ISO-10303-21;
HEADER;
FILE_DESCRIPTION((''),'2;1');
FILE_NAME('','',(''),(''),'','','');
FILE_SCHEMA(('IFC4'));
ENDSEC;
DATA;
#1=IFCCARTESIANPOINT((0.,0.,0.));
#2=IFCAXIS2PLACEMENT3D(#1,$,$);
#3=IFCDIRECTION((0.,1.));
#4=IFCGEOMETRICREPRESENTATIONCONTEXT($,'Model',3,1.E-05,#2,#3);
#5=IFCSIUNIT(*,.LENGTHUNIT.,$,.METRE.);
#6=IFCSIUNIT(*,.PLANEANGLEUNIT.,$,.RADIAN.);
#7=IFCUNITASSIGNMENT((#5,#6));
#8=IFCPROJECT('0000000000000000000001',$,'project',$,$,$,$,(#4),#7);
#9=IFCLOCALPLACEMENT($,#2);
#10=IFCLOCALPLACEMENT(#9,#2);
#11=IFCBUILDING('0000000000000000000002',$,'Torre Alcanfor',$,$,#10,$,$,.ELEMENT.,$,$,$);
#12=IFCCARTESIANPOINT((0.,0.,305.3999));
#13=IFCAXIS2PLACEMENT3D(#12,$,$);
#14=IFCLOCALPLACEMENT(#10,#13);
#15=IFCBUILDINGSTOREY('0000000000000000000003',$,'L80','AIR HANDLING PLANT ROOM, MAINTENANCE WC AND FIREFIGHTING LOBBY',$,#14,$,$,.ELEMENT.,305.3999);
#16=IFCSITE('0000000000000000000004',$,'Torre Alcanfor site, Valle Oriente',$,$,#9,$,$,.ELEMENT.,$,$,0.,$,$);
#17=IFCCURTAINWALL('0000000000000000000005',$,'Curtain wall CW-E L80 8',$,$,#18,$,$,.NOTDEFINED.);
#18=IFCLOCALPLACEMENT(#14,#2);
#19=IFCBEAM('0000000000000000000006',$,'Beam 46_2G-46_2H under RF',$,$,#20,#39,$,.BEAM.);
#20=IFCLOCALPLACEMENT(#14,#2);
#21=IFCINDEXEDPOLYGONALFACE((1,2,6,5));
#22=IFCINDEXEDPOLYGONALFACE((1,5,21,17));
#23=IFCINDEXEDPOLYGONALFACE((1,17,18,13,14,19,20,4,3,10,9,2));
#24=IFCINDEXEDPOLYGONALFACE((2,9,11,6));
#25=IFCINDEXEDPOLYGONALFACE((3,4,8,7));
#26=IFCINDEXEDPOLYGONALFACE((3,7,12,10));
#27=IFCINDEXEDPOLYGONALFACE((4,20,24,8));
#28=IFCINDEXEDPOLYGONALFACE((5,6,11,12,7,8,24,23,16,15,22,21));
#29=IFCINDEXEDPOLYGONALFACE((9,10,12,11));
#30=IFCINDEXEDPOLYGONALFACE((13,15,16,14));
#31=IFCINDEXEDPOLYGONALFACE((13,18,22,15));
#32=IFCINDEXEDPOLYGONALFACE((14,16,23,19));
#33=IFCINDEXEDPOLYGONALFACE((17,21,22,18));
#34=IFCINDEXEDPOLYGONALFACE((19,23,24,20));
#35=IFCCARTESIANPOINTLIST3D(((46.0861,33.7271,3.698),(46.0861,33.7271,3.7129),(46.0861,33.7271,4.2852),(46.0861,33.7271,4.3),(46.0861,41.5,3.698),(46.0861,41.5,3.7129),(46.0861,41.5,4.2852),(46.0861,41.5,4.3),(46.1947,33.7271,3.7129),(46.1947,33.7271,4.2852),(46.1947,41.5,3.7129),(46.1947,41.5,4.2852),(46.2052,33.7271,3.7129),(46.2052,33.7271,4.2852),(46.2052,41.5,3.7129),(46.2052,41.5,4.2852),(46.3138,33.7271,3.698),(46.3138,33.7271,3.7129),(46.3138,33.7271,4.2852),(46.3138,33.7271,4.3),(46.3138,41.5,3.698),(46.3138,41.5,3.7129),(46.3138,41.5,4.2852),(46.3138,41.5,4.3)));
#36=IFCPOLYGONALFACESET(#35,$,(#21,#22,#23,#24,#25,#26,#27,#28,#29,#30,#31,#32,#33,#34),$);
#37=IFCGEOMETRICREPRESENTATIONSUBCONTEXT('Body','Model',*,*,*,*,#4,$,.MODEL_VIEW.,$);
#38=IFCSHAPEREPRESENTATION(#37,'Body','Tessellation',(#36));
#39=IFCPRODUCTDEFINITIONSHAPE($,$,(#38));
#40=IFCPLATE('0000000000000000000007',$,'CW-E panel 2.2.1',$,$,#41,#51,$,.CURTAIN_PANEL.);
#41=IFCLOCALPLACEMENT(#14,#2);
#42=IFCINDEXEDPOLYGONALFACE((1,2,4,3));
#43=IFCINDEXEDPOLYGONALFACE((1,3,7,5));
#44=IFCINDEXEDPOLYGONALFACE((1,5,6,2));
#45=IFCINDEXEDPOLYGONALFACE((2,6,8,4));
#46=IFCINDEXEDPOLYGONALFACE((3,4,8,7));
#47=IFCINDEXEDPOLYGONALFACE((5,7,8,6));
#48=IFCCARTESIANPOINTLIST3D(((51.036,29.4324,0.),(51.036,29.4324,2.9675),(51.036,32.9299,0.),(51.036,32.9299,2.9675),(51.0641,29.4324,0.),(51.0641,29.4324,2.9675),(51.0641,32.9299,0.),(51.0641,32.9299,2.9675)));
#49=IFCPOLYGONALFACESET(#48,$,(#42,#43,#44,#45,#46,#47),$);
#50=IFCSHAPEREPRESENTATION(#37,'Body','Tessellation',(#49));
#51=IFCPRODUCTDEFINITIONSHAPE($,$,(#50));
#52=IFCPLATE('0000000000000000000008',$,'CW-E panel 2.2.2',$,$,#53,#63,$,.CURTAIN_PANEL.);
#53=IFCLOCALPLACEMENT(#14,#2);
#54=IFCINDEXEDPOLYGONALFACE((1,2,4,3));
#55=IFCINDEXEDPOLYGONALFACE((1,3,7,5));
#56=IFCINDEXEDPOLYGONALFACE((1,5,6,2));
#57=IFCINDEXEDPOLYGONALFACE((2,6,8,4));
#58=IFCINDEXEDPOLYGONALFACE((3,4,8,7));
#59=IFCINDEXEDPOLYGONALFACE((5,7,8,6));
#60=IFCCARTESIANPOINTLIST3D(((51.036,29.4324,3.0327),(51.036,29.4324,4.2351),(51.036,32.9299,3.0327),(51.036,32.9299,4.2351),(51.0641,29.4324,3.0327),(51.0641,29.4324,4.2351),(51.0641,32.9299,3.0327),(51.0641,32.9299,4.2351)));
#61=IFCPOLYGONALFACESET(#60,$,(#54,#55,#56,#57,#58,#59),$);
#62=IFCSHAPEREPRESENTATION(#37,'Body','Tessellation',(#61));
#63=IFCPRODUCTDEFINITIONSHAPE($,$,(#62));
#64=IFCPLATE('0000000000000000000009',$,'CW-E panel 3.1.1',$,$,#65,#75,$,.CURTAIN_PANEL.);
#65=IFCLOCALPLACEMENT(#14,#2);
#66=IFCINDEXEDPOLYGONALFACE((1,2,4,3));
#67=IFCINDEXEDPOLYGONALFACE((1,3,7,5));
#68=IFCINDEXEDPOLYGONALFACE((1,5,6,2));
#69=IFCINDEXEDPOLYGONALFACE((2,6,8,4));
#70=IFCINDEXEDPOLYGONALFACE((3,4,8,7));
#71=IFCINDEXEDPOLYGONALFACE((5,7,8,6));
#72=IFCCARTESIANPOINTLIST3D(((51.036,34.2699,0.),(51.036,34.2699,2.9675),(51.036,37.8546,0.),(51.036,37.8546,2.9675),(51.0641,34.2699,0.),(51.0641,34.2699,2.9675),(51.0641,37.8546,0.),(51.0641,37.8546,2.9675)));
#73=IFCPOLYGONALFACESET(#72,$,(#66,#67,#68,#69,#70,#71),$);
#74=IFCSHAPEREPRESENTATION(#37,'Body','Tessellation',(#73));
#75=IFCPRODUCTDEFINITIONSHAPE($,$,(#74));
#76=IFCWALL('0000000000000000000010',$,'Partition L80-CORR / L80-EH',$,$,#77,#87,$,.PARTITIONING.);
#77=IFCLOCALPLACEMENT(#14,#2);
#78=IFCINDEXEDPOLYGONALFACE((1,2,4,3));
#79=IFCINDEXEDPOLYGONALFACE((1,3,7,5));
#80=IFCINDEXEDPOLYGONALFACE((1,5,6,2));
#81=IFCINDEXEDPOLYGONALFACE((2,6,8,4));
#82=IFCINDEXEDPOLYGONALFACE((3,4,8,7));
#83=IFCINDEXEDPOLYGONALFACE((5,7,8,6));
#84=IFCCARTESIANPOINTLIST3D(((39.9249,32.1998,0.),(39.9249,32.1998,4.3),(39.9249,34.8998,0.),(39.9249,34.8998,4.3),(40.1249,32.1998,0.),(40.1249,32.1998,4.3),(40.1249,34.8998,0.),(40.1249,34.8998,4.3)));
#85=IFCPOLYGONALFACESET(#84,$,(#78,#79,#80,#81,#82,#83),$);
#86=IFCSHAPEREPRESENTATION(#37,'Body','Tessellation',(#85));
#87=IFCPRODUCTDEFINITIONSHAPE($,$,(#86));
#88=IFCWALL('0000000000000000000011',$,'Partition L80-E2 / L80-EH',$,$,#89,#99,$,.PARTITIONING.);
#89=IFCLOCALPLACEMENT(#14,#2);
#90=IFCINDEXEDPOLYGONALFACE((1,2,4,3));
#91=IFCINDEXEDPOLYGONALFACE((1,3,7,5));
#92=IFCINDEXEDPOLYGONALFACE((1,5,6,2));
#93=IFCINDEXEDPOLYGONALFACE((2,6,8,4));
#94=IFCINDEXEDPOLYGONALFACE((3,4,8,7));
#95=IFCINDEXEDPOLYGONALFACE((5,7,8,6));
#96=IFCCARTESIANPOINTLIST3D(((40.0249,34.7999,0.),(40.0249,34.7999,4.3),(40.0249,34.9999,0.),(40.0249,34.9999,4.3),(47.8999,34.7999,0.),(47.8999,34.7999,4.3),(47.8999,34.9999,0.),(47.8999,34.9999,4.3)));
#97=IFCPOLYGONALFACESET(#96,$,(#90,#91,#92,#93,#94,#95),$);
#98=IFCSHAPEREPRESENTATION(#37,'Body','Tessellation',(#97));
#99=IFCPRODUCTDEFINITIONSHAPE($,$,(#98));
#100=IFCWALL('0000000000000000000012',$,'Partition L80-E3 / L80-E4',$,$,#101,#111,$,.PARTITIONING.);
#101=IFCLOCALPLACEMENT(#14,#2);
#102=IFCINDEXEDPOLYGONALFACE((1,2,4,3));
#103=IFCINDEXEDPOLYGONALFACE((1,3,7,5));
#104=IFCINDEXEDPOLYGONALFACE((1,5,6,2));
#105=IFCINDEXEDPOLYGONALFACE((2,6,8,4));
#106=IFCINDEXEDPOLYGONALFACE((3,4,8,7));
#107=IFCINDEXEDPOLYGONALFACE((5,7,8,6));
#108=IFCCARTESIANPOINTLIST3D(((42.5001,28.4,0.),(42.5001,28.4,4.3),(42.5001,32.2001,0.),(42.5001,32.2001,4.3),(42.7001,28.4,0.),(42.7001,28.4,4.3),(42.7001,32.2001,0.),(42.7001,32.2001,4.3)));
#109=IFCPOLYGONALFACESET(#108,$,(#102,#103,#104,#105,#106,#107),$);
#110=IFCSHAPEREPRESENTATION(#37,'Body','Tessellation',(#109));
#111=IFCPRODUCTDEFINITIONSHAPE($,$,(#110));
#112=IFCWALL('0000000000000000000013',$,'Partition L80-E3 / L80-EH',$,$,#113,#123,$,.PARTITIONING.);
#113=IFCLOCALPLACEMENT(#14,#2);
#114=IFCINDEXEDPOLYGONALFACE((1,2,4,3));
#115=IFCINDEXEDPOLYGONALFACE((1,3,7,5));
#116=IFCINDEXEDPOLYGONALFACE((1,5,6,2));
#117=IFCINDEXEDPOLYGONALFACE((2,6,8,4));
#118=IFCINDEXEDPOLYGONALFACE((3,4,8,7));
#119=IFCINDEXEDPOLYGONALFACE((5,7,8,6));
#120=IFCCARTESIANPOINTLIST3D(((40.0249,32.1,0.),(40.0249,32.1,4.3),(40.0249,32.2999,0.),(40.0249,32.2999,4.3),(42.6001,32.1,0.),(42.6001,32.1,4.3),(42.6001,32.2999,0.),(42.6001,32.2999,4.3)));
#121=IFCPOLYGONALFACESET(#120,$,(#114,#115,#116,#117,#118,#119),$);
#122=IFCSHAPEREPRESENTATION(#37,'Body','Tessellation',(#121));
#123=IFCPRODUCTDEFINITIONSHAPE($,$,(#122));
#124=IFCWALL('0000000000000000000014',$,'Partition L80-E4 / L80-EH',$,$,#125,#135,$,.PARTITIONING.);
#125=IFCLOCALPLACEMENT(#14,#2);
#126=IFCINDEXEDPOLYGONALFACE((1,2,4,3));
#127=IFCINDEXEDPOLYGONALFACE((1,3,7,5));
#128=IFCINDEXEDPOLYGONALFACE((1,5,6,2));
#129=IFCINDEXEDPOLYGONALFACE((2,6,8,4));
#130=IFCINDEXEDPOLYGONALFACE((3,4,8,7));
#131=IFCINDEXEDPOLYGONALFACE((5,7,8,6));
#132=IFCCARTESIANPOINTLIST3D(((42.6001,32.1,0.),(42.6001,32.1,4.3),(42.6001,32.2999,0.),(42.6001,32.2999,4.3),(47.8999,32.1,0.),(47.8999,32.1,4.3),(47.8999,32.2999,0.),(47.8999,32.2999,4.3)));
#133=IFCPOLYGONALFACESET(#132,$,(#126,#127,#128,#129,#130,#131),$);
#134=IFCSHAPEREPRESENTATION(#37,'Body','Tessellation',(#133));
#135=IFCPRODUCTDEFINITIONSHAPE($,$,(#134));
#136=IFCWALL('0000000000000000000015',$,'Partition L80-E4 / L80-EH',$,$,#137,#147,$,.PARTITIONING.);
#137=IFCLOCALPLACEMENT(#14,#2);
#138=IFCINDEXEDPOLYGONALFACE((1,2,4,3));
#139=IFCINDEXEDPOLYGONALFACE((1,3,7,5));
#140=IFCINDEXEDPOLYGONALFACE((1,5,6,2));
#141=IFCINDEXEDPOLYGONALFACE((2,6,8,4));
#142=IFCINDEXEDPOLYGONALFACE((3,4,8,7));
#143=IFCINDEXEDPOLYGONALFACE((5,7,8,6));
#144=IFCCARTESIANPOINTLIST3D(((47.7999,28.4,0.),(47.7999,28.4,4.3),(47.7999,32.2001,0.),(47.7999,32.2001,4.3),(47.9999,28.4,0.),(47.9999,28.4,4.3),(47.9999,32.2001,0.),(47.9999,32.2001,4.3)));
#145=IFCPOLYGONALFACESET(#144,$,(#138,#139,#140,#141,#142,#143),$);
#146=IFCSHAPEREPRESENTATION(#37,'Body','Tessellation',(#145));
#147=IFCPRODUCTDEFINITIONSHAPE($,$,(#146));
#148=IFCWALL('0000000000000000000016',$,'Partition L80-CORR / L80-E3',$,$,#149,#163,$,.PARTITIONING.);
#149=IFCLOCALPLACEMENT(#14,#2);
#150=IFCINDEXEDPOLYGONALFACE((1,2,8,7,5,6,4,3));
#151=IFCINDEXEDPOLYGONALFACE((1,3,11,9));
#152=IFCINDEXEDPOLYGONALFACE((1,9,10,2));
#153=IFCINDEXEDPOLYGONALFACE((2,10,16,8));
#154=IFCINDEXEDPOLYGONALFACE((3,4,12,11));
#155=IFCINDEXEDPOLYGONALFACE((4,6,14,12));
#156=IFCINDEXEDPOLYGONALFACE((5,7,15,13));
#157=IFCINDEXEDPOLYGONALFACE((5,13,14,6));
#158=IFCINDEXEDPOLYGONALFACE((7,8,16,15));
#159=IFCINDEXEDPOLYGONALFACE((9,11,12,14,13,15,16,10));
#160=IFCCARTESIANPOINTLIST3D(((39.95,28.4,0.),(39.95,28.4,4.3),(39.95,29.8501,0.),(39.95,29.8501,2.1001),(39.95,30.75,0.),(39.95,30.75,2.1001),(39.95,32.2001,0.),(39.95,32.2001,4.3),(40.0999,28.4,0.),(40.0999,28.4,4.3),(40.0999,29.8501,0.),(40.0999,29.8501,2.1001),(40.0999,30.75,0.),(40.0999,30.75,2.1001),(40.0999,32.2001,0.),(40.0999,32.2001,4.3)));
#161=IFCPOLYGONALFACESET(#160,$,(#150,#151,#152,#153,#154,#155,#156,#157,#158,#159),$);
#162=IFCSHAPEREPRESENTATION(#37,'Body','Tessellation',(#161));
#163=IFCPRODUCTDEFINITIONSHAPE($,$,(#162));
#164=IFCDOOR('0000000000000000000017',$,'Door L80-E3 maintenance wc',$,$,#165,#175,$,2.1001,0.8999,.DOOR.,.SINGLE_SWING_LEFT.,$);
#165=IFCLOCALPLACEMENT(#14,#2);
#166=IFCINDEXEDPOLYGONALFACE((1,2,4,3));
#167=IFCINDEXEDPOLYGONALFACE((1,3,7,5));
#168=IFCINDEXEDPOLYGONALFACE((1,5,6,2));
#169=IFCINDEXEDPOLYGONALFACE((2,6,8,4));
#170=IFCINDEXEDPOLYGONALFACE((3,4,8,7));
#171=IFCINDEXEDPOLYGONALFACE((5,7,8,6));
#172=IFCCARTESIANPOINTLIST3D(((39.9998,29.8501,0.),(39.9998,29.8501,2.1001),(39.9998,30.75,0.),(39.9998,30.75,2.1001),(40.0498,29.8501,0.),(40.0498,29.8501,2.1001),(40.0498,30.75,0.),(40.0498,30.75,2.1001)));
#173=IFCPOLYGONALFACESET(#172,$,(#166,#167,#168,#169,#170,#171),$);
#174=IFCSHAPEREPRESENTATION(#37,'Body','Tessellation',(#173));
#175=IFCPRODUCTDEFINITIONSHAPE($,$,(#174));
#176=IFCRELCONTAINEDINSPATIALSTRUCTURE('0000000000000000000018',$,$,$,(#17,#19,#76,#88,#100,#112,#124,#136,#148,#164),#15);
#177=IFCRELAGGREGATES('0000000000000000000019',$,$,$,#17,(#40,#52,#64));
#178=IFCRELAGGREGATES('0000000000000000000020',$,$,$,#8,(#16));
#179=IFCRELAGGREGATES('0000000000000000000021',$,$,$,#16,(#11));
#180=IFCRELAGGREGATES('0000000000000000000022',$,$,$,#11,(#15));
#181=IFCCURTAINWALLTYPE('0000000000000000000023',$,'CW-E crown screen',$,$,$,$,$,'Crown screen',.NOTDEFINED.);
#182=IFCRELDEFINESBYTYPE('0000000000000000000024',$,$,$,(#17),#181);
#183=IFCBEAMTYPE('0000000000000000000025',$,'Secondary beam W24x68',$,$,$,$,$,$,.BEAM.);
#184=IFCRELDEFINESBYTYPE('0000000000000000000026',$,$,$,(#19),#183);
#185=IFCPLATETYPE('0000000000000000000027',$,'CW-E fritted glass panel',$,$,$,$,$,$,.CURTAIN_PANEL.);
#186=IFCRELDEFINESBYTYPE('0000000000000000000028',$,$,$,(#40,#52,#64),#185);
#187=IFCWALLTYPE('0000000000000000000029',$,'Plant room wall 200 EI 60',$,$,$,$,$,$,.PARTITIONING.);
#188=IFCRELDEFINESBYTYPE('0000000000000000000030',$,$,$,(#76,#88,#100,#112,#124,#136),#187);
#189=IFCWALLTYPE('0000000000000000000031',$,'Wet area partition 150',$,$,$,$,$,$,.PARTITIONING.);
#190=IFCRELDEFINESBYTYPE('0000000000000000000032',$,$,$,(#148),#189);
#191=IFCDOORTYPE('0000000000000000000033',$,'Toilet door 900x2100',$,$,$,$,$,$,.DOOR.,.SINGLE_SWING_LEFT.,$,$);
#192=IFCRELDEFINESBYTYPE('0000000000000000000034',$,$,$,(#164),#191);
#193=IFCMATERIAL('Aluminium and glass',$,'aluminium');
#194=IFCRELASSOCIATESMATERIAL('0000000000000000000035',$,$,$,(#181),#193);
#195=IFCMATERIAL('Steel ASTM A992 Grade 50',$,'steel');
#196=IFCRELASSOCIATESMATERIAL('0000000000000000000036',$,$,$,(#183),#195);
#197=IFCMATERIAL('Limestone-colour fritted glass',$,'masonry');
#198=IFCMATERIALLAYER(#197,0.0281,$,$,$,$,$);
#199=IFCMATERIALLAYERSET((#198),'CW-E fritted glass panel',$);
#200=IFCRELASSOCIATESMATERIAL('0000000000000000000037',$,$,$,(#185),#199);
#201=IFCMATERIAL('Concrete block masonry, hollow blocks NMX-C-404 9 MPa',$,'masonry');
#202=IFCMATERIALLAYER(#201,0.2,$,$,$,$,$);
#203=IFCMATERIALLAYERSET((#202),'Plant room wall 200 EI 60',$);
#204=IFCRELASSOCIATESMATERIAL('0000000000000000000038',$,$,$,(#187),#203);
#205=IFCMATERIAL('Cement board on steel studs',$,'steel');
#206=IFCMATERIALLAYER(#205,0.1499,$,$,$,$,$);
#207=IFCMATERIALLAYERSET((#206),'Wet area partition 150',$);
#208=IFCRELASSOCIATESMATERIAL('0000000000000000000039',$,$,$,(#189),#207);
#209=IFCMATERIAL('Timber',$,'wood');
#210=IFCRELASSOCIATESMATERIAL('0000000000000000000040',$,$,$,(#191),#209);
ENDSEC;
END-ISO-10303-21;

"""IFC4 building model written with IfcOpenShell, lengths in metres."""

from ifc_helpers import new_model, si_unit, direction, frame, frame_2d, origin, origin_2d, place, context, subcontext, project, spatial, rectangle, i_section, extrude, material, layer, layer_set, material_profile, profile_set, type_object, element, fill, aggregate, save


model = new_model("IFC4")

# Units and contexts
model_context = context("Model", 3, precision=1e-05, world=origin(), true_north=direction((0.0, 1.0)))
body_context = subcontext(model_context, "Body", "Model", "MODEL_VIEW")
ifc_project = project(units=[si_unit("LENGTHUNIT", "METRE"), si_unit("PLANEANGLEUNIT", "RADIAN")], contexts=[model_context])

# Site, building, storey
site_placement = place(None, origin())
site = spatial("IfcSite", under=ifc_project, at=site_placement, Name="Torre Alcanfor site, Valle Oriente", CompositionType="ELEMENT", RefElevation=0.0)
building_placement = place(site_placement, origin())
building = spatial("IfcBuilding", under=site, at=building_placement, Name="Torre Alcanfor", CompositionType="ELEMENT")
storey_placement = place(building_placement, frame((0.0, 0.0, 305.3999)))
storey = spatial("IfcBuildingStorey", under=building, at=storey_placement, Name="L80", Description="AIR HANDLING PLANT ROOM, MAINTENANCE WC AND FIREFIGHTING LOBBY", CompositionType="ELEMENT", Elevation=305.3999)

# Curtain wall
ifc_material_1 = material(Name="Aluminium and glass", Category="aluminium")
curtain_wall_type = type_object("IfcCurtainWallType", Name="CW-E crown screen", ElementType="Crown screen", PredefinedType="NOTDEFINED", material=ifc_material_1)
curtain_wall_placement = place(storey_placement, origin())
curtain_wall = element("IfcCurtainWall", 1, at=curtain_wall_placement, inside=storey, type_object=curtain_wall_type, Name="Curtain wall CW-E L80 8", PredefinedType="NOTDEFINED")

# Beam
ifc_material_2 = material(Name="Steel ASTM A992 Grade 50", Category="steel")
ifc_material_profile_1 = material_profile(ifc_material_2, i_section(OverallWidth=0.2278, OverallDepth=0.6021, WebThickness=0.0105, FlangeThickness=0.0149, at=origin_2d()), Name="W24x68")
ifc_profile_set_1 = profile_set([ifc_material_profile_1], Name="Steel ASTM A992 Grade 50")
beam_type_1 = type_object("IfcBeamType", Name="Secondary beam W24x68", PredefinedType="BEAM", material=ifc_profile_set_1)
beam_1_placement = place(storey_placement, frame((46.2, 33.7271, 3.999), z_axis=(0.0, 1.0, 0.0), x_axis=(-1.0, 0.0, 0.0)))
element("IfcBeam", 2, at=beam_1_placement, inside=storey, type_object=beam_type_1, Name="Beam 46_2G-46_2H under RF", PredefinedType="BEAM", context=body_context, shape_type="SweptSolid", body=[
    extrude(i_section(OverallWidth=0.2278, OverallDepth=0.6021, WebThickness=0.0105, FlangeThickness=0.0149, at=origin_2d()), origin(), (0.0, 0.0, 1.0), 7.7729),
])

# Plates
ifc_material_3 = material(Name="Limestone-colour fritted glass", Category="masonry")
ifc_layer_1 = layer(ifc_material_3, 0.0281)
ifc_layer_set_1 = layer_set([ifc_layer_1], Name="CW-E fritted glass panel")
plate_type = type_object("IfcPlateType", Name="CW-E fritted glass panel", PredefinedType="CURTAIN_PANEL", material=ifc_layer_set_1)
plate_1_placement = place(storey_placement, frame((51.05, 31.1812, 0.0), z_axis=(0.0, 0.0, 1.0), x_axis=(0.0, 1.0, 0.0)))
plate_1 = element("IfcPlate", 3, at=plate_1_placement, type_object=plate_type, Name="CW-E panel 2.2.1", PredefinedType="CURTAIN_PANEL", context=body_context, shape_type="SweptSolid", body=[
    extrude(rectangle(XDim=3.4976, YDim=0.0281, at=origin_2d()), origin(), (0.0, 0.0, 1.0), 2.9675),
])
plate_2_placement = place(storey_placement, frame((51.05, 31.1812, 3.0327), z_axis=(0.0, 0.0, 1.0), x_axis=(0.0, 1.0, 0.0)))
plate_2 = element("IfcPlate", 4, at=plate_2_placement, type_object=plate_type, Name="CW-E panel 2.2.2", PredefinedType="CURTAIN_PANEL", context=body_context, shape_type="SweptSolid", body=[
    extrude(rectangle(XDim=3.4976, YDim=0.0281, at=origin_2d()), origin(), (0.0, 0.0, 1.0), 1.2024),
])
plate_3_placement = place(storey_placement, frame((51.05, 36.0623, 0.0), z_axis=(0.0, 0.0, 1.0), x_axis=(0.0, 1.0, 0.0)))
plate_3 = element("IfcPlate", 5, at=plate_3_placement, type_object=plate_type, Name="CW-E panel 3.1.1", PredefinedType="CURTAIN_PANEL", context=body_context, shape_type="SweptSolid", body=[
    extrude(rectangle(XDim=3.5847, YDim=0.0281, at=origin_2d()), origin(), (0.0, 0.0, 1.0), 2.9675),
])
aggregate(curtain_wall, [plate_1, plate_2, plate_3])

# Walls
ifc_material_4 = material(Name="Concrete block masonry, hollow blocks NMX-C-404 9 MPa", Category="masonry")
ifc_layer_2 = layer(ifc_material_4, 0.2)
ifc_layer_set_2 = layer_set([ifc_layer_2], Name="Plant room wall 200 EI 60")
wall_type_1 = type_object("IfcWallType", Name="Plant room wall 200 EI 60", PredefinedType="PARTITIONING", material=ifc_layer_set_2)
wall_1_placement = place(storey_placement, frame((40.0249, 34.8999, 0.0), z_axis=(0.0, 0.0, 1.0), x_axis=(0.0, -1.0, 0.0)))
element("IfcWall", 6, at=wall_1_placement, inside=storey, type_object=wall_type_1, Name="Partition L80-CORR / L80-EH", PredefinedType="PARTITIONING", context=body_context, shape_type="SweptSolid", body=[
    extrude(rectangle(XDim=2.7, YDim=0.2, at=frame_2d((1.3501, 0.0))), origin(), (0.0, 0.0, 1.0), 4.3),
])
wall_2_placement = place(storey_placement, frame((47.8999, 34.8999, 0.0), z_axis=(0.0, 0.0, 1.0), x_axis=(-1.0, 0.0, 0.0)))
element("IfcWall", 7, at=wall_2_placement, inside=storey, type_object=wall_type_1, Name="Partition L80-E2 / L80-EH", PredefinedType="PARTITIONING", context=body_context, shape_type="SweptSolid", body=[
    extrude(rectangle(XDim=7.875, YDim=0.2, at=frame_2d((3.9375, 0.0))), origin(), (0.0, 0.0, 1.0), 4.3),
])
wall_3_placement = place(storey_placement, frame((42.6001, 32.2, 0.0), z_axis=(0.0, 0.0, 1.0), x_axis=(0.0, -1.0, 0.0)))
element("IfcWall", 8, at=wall_3_placement, inside=storey, type_object=wall_type_1, Name="Partition L80-E3 / L80-E4", PredefinedType="PARTITIONING", context=body_context, shape_type="SweptSolid", body=[
    extrude(rectangle(XDim=3.8, YDim=0.2, at=frame_2d((1.8999, 0.0))), origin(), (0.0, 0.0, 1.0), 4.3),
])
wall_4_placement = place(storey_placement, frame((40.0249, 32.2, 0.0), z_axis=(0.0, 0.0, 1.0), x_axis=(1.0, 0.0, 0.0)))
element("IfcWall", 9, at=wall_4_placement, inside=storey, type_object=wall_type_1, Name="Partition L80-E3 / L80-EH", PredefinedType="PARTITIONING", context=body_context, shape_type="SweptSolid", body=[
    extrude(rectangle(XDim=2.5752, YDim=0.2, at=frame_2d((1.2876, 0.0))), origin(), (0.0, 0.0, 1.0), 4.3),
])
wall_5_placement = place(storey_placement, frame((42.6001, 32.2, 0.0), z_axis=(0.0, 0.0, 1.0), x_axis=(1.0, 0.0, 0.0)))
element("IfcWall", 10, at=wall_5_placement, inside=storey, type_object=wall_type_1, Name="Partition L80-E4 / L80-EH", PredefinedType="PARTITIONING", context=body_context, shape_type="SweptSolid", body=[
    extrude(rectangle(XDim=5.2998, YDim=0.2, at=frame_2d((2.6499, 0.0))), origin(), (0.0, 0.0, 1.0), 4.3),
])
wall_6_placement = place(storey_placement, frame((47.8999, 32.2, 0.0), z_axis=(0.0, 0.0, 1.0), x_axis=(0.0, -1.0, 0.0)))
element("IfcWall", 11, at=wall_6_placement, inside=storey, type_object=wall_type_1, Name="Partition L80-E4 / L80-EH", PredefinedType="PARTITIONING", context=body_context, shape_type="SweptSolid", body=[
    extrude(rectangle(XDim=3.8, YDim=0.2, at=frame_2d((1.8999, 0.0))), origin(), (0.0, 0.0, 1.0), 4.3),
])

# Wall, opening, door
ifc_material_5 = material(Name="Cement board on steel studs", Category="steel")
ifc_layer_3 = layer(ifc_material_5, 0.1499)
ifc_layer_set_3 = layer_set([ifc_layer_3], Name="Wet area partition 150")
wall_type_2 = type_object("IfcWallType", Name="Wet area partition 150", PredefinedType="PARTITIONING", material=ifc_layer_set_3)
wall_7_placement = place(storey_placement, frame((40.0249, 32.2, 0.0), z_axis=(0.0, 0.0, 1.0), x_axis=(0.0, -1.0, 0.0)))
wall_7 = element("IfcWall", 12, at=wall_7_placement, inside=storey, type_object=wall_type_2, Name="Partition L80-CORR / L80-E3", PredefinedType="PARTITIONING", context=body_context, shape_type="SweptSolid", body=[
    extrude(rectangle(XDim=3.8, YDim=0.1499, at=frame_2d((1.8999, 0.0))), origin(), (0.0, 0.0, 1.0), 4.3),
])
opening_placement = place(wall_7_placement, frame((1.45, 0.0, 0.0)))
opening = element("IfcOpeningElement", 13, at=opening_placement, cuts=wall_7, PredefinedType="OPENING", context=body_context, shape_type="SweptSolid", body=[
    extrude(rectangle(XDim=0.8999, YDim=2.1001, at=frame_2d((0.45, 1.05))), frame((0.0, 0.085, 0.0), z_axis=(0.0, -1.0, 0.0), x_axis=(1.0, 0.0, 0.0)), (0.0, 0.0, 1.0), 0.1699),
])
ifc_material_6 = material(Name="Timber", Category="wood")
door_type = type_object("IfcDoorType", Name="Toilet door 900x2100", OperationType="SINGLE_SWING_LEFT", PredefinedType="DOOR", material=ifc_material_6)
door_placement = place(opening_placement, origin())
door = element("IfcDoor", 14, at=door_placement, inside=storey, type_object=door_type, Name="Door L80-E3 maintenance wc", OperationType="SINGLE_SWING_LEFT", OverallHeight=2.1001, OverallWidth=0.8999, PredefinedType="DOOR", context=body_context, shape_type="SweptSolid", body=[
    extrude(rectangle(XDim=0.8999, YDim=2.1001, at=frame_2d((0.45, 1.05))), frame((0.0, 0.0249, 0.0), z_axis=(0.0, -1.0, 0.0), x_axis=(1.0, 0.0, 0.0)), (0.0, 0.0, 1.0), 0.05),
])
fill(opening, door)

save(model, "model.ifc")
